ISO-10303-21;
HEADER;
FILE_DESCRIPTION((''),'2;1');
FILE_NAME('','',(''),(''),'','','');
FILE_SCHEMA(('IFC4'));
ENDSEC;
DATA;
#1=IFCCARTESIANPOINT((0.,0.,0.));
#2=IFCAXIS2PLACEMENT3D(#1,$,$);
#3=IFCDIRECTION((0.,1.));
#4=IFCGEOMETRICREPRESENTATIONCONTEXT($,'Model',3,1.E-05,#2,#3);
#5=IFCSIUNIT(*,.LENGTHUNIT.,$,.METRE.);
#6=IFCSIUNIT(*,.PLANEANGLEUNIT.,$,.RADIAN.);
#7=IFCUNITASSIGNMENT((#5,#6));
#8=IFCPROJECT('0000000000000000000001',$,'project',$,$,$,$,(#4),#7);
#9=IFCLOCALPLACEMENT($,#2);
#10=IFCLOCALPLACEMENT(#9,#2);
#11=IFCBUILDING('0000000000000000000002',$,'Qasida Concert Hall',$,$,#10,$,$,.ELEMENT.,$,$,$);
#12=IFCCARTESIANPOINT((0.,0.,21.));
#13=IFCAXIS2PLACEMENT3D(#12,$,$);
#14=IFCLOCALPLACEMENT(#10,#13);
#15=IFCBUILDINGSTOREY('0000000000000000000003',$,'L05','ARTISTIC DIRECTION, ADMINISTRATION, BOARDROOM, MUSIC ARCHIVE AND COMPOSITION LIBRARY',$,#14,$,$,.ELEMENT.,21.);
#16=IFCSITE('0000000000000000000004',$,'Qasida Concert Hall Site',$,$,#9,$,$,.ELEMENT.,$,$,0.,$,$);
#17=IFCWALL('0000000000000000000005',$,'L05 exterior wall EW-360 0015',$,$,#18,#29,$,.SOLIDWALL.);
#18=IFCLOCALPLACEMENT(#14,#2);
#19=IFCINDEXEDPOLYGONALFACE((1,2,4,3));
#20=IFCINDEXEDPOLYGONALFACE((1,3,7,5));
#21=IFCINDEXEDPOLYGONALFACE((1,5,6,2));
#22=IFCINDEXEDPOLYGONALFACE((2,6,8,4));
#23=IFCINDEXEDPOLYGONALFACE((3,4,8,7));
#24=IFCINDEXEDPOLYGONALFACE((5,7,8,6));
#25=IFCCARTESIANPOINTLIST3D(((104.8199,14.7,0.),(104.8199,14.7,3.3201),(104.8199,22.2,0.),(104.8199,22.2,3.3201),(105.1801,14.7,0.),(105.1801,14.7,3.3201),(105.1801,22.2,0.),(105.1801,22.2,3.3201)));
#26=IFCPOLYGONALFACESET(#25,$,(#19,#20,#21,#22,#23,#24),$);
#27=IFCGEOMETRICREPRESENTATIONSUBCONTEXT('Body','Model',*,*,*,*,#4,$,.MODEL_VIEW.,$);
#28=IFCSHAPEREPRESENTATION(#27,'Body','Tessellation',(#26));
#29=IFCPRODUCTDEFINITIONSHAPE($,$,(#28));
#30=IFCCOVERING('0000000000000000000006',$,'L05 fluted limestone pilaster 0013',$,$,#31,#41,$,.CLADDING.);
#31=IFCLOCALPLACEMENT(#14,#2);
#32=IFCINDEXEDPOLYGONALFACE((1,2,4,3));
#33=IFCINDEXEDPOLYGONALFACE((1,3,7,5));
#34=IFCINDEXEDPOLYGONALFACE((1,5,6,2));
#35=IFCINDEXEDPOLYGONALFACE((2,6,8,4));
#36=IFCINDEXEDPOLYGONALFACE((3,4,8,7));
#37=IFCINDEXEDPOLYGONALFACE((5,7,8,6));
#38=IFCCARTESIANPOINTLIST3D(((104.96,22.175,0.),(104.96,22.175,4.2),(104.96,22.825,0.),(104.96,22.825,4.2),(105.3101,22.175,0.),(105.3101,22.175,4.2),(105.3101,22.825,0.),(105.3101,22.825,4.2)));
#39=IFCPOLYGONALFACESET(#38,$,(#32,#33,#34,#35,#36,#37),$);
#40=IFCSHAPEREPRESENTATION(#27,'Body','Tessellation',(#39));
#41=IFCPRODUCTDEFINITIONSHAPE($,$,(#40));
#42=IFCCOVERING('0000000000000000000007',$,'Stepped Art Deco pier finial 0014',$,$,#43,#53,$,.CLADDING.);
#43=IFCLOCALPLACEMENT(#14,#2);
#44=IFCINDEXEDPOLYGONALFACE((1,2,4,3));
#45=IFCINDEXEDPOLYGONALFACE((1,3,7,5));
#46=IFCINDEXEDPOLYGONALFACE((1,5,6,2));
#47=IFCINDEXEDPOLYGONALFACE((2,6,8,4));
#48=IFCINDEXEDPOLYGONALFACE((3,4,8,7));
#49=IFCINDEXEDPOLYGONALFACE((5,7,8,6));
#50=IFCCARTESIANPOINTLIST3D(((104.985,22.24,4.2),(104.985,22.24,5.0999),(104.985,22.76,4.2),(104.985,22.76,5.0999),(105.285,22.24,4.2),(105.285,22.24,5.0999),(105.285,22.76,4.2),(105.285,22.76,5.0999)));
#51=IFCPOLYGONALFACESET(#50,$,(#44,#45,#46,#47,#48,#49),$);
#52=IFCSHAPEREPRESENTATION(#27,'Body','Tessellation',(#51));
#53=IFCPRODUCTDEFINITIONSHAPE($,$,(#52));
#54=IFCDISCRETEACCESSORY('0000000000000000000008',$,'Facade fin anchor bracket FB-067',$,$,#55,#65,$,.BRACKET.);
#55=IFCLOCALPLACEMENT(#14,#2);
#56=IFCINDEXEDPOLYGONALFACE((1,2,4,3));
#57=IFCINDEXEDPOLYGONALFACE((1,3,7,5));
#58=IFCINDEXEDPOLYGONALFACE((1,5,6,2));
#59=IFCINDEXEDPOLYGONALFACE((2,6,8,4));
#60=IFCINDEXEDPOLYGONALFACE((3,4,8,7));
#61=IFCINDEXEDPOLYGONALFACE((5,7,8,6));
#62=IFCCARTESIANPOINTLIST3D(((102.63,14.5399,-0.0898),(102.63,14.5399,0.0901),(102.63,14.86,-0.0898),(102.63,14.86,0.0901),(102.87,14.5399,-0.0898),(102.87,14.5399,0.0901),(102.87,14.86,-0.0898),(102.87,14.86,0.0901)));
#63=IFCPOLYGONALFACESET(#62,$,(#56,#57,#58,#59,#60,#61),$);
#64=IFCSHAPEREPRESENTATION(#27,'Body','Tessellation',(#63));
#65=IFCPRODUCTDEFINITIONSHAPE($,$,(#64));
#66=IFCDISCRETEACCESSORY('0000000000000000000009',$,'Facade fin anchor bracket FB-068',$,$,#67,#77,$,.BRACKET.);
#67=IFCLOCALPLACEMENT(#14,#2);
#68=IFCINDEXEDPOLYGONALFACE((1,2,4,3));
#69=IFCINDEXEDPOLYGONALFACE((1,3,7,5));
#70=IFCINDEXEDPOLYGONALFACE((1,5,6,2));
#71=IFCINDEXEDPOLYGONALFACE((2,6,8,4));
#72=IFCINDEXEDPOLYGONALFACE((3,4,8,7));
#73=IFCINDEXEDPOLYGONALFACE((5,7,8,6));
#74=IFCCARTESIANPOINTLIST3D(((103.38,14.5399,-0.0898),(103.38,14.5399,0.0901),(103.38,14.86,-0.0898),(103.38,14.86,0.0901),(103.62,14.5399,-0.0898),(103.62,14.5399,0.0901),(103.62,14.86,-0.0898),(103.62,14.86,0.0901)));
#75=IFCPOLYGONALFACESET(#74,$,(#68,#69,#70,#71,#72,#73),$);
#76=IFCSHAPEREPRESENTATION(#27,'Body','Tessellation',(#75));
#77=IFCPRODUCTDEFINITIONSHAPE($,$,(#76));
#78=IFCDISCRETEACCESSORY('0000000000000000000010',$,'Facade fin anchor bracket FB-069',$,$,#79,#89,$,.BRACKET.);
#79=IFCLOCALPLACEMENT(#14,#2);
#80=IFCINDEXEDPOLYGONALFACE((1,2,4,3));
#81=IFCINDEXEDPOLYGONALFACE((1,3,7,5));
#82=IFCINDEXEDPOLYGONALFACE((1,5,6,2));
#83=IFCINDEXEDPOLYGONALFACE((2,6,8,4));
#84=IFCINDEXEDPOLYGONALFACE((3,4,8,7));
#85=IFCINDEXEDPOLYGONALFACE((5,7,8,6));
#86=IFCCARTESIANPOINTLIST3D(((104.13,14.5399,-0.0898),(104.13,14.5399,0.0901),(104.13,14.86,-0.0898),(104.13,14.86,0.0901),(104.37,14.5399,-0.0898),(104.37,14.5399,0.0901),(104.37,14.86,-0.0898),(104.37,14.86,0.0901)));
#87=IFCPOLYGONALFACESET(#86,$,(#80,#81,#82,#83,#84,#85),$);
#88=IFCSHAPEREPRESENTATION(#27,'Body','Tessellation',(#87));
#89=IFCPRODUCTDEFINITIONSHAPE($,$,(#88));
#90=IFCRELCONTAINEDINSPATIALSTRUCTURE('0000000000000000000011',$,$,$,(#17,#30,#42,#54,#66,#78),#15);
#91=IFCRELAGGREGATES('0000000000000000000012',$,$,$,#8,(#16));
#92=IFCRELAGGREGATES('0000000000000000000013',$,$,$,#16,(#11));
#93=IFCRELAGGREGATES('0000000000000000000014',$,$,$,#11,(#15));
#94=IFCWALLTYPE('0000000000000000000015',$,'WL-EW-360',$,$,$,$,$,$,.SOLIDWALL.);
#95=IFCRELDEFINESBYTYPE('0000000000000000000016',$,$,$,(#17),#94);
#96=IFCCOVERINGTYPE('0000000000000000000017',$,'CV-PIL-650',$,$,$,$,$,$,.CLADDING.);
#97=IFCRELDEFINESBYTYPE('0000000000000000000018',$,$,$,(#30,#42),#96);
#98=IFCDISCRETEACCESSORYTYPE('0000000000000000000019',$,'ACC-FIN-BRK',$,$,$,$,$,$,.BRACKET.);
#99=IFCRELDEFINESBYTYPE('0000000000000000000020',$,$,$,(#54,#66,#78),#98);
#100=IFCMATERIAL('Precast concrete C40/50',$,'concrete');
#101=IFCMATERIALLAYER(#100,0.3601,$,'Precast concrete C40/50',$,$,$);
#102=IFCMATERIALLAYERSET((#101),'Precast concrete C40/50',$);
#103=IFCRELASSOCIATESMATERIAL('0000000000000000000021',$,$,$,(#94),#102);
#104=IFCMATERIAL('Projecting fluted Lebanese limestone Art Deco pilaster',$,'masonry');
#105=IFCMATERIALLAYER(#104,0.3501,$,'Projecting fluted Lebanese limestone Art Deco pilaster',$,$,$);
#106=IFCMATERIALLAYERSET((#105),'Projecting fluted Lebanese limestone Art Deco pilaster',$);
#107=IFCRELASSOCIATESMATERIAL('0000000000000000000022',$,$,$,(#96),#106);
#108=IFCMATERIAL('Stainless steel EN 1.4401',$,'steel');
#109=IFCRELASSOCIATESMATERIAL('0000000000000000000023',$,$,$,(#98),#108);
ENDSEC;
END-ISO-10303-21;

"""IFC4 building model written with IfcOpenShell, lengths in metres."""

from ifc_helpers import new_model, si_unit, direction, frame, frame_2d, origin, origin_2d, place, context, subcontext, project, spatial, rectangle, extrude, material, layer, layer_set, type_object, element, save


model = new_model("IFC4")

# Units and contexts
model_context = context("Model", 3, precision=1e-05, world=origin(), true_north=direction((0.0, 1.0)))
body_context = subcontext(model_context, "Body", "Model", "MODEL_VIEW")
ifc_project = project(units=[si_unit("LENGTHUNIT", "METRE"), si_unit("PLANEANGLEUNIT", "RADIAN")], contexts=[model_context])

# Site, building, storey
site_placement = place(None, origin())
site = spatial("IfcSite", under=ifc_project, at=site_placement, Name="Qasida Concert Hall Site", CompositionType="ELEMENT", RefElevation=0.0)
building_placement = place(site_placement, origin())
building = spatial("IfcBuilding", under=site, at=building_placement, Name="Qasida Concert Hall", CompositionType="ELEMENT")
storey_placement = place(building_placement, frame((0.0, 0.0, 21.0)))
storey = spatial("IfcBuildingStorey", under=building, at=storey_placement, Name="L05", Description="ARTISTIC DIRECTION, ADMINISTRATION, BOARDROOM, MUSIC ARCHIVE AND COMPOSITION LIBRARY", CompositionType="ELEMENT", Elevation=21.0)

# Wall
ifc_material_1 = material(Name="Precast concrete C40/50", Category="concrete")
ifc_layer_1 = layer(ifc_material_1, 0.3601, Name="Precast concrete C40/50")
ifc_layer_set_1 = layer_set([ifc_layer_1], Name="Precast concrete C40/50")
wall_type_1 = type_object("IfcWallType", Name="WL-EW-360", PredefinedType="SOLIDWALL", material=ifc_layer_set_1)
wall_1_placement = place(storey_placement, frame((105.0, 14.7, 0.0), z_axis=(0.0, 0.0, 1.0), x_axis=(0.0, 1.0, 0.0)))
element("IfcWall", 1, at=wall_1_placement, inside=storey, type_object=wall_type_1, Name="L05 exterior wall EW-360 0015", PredefinedType="SOLIDWALL", context=body_context, shape_type="SweptSolid", body=[
    extrude(rectangle(XDim=7.5, YDim=0.3601, at=frame_2d((3.75, 0.0))), origin(), (0.0, 0.0, 1.0), 3.3201),
])

# Coverings
ifc_material_2 = material(Name="Projecting fluted Lebanese limestone Art Deco pilaster", Category="masonry")
ifc_layer_2 = layer(ifc_material_2, 0.3501, Name="Projecting fluted Lebanese limestone Art Deco pilaster")
ifc_layer_set_2 = layer_set([ifc_layer_2], Name="Projecting fluted Lebanese limestone Art Deco pilaster")
covering_type = type_object("IfcCoveringType", Name="CV-PIL-650", PredefinedType="CLADDING", material=ifc_layer_set_2)
covering_1_placement = place(storey_placement, frame((105.135, 22.5, 0.0), z_axis=(0.0, 0.0, 1.0), x_axis=(1.0, 0.0, 0.0)))
element("IfcCovering", 2, at=covering_1_placement, inside=storey, type_object=covering_type, Name="L05 fluted limestone pilaster 0013", PredefinedType="CLADDING", context=body_context, shape_type="SweptSolid", body=[
    extrude(rectangle(XDim=0.3501, YDim=0.6499, at=origin_2d()), origin(), (0.0, 0.0, 1.0), 4.2),
])
covering_2_placement = place(storey_placement, frame((105.135, 22.5, 4.2), z_axis=(0.0, 0.0, 1.0), x_axis=(1.0, 0.0, 0.0)))
element("IfcCovering", 3, at=covering_2_placement, inside=storey, type_object=covering_type, Name="Stepped Art Deco pier finial 0014", PredefinedType="CLADDING", context=body_context, shape_type="SweptSolid", body=[
    extrude(rectangle(XDim=0.3, YDim=0.52, at=origin_2d()), origin(), (0.0, 0.0, 1.0), 0.8999),
])

# Discrete accessories
ifc_material_3 = material(Name="Stainless steel EN 1.4401", Category="steel")
discrete_accessory_type = type_object("IfcDiscreteAccessoryType", Name="ACC-FIN-BRK", PredefinedType="BRACKET", material=ifc_material_3)
for number, where, z_axis, x_axis, name in (
    (4, (102.75, 14.7, -0.0898), (0.0, 0.0, 1.0), (1.0, 0.0, 0.0), "Facade fin anchor bracket FB-067"),
    (5, (103.5, 14.7, -0.0898), (0.0, 0.0, 1.0), (1.0, 0.0, 0.0), "Facade fin anchor bracket FB-068"),
    (6, (104.25, 14.7, -0.0898), (0.0, 0.0, 1.0), (1.0, 0.0, 0.0), "Facade fin anchor bracket FB-069"),
):
    element("IfcDiscreteAccessory", number, at=place(storey_placement, frame(where, z_axis=z_axis, x_axis=x_axis)), inside=storey, type_object=discrete_accessory_type, Name=name, PredefinedType="BRACKET", context=body_context, shape_type="SweptSolid", body=[
        extrude(rectangle(XDim=0.24, YDim=0.3201, at=origin_2d()), origin(), (0.0, 0.0, 1.0), 0.1799),
    ])

save(model, "model.ifc")
